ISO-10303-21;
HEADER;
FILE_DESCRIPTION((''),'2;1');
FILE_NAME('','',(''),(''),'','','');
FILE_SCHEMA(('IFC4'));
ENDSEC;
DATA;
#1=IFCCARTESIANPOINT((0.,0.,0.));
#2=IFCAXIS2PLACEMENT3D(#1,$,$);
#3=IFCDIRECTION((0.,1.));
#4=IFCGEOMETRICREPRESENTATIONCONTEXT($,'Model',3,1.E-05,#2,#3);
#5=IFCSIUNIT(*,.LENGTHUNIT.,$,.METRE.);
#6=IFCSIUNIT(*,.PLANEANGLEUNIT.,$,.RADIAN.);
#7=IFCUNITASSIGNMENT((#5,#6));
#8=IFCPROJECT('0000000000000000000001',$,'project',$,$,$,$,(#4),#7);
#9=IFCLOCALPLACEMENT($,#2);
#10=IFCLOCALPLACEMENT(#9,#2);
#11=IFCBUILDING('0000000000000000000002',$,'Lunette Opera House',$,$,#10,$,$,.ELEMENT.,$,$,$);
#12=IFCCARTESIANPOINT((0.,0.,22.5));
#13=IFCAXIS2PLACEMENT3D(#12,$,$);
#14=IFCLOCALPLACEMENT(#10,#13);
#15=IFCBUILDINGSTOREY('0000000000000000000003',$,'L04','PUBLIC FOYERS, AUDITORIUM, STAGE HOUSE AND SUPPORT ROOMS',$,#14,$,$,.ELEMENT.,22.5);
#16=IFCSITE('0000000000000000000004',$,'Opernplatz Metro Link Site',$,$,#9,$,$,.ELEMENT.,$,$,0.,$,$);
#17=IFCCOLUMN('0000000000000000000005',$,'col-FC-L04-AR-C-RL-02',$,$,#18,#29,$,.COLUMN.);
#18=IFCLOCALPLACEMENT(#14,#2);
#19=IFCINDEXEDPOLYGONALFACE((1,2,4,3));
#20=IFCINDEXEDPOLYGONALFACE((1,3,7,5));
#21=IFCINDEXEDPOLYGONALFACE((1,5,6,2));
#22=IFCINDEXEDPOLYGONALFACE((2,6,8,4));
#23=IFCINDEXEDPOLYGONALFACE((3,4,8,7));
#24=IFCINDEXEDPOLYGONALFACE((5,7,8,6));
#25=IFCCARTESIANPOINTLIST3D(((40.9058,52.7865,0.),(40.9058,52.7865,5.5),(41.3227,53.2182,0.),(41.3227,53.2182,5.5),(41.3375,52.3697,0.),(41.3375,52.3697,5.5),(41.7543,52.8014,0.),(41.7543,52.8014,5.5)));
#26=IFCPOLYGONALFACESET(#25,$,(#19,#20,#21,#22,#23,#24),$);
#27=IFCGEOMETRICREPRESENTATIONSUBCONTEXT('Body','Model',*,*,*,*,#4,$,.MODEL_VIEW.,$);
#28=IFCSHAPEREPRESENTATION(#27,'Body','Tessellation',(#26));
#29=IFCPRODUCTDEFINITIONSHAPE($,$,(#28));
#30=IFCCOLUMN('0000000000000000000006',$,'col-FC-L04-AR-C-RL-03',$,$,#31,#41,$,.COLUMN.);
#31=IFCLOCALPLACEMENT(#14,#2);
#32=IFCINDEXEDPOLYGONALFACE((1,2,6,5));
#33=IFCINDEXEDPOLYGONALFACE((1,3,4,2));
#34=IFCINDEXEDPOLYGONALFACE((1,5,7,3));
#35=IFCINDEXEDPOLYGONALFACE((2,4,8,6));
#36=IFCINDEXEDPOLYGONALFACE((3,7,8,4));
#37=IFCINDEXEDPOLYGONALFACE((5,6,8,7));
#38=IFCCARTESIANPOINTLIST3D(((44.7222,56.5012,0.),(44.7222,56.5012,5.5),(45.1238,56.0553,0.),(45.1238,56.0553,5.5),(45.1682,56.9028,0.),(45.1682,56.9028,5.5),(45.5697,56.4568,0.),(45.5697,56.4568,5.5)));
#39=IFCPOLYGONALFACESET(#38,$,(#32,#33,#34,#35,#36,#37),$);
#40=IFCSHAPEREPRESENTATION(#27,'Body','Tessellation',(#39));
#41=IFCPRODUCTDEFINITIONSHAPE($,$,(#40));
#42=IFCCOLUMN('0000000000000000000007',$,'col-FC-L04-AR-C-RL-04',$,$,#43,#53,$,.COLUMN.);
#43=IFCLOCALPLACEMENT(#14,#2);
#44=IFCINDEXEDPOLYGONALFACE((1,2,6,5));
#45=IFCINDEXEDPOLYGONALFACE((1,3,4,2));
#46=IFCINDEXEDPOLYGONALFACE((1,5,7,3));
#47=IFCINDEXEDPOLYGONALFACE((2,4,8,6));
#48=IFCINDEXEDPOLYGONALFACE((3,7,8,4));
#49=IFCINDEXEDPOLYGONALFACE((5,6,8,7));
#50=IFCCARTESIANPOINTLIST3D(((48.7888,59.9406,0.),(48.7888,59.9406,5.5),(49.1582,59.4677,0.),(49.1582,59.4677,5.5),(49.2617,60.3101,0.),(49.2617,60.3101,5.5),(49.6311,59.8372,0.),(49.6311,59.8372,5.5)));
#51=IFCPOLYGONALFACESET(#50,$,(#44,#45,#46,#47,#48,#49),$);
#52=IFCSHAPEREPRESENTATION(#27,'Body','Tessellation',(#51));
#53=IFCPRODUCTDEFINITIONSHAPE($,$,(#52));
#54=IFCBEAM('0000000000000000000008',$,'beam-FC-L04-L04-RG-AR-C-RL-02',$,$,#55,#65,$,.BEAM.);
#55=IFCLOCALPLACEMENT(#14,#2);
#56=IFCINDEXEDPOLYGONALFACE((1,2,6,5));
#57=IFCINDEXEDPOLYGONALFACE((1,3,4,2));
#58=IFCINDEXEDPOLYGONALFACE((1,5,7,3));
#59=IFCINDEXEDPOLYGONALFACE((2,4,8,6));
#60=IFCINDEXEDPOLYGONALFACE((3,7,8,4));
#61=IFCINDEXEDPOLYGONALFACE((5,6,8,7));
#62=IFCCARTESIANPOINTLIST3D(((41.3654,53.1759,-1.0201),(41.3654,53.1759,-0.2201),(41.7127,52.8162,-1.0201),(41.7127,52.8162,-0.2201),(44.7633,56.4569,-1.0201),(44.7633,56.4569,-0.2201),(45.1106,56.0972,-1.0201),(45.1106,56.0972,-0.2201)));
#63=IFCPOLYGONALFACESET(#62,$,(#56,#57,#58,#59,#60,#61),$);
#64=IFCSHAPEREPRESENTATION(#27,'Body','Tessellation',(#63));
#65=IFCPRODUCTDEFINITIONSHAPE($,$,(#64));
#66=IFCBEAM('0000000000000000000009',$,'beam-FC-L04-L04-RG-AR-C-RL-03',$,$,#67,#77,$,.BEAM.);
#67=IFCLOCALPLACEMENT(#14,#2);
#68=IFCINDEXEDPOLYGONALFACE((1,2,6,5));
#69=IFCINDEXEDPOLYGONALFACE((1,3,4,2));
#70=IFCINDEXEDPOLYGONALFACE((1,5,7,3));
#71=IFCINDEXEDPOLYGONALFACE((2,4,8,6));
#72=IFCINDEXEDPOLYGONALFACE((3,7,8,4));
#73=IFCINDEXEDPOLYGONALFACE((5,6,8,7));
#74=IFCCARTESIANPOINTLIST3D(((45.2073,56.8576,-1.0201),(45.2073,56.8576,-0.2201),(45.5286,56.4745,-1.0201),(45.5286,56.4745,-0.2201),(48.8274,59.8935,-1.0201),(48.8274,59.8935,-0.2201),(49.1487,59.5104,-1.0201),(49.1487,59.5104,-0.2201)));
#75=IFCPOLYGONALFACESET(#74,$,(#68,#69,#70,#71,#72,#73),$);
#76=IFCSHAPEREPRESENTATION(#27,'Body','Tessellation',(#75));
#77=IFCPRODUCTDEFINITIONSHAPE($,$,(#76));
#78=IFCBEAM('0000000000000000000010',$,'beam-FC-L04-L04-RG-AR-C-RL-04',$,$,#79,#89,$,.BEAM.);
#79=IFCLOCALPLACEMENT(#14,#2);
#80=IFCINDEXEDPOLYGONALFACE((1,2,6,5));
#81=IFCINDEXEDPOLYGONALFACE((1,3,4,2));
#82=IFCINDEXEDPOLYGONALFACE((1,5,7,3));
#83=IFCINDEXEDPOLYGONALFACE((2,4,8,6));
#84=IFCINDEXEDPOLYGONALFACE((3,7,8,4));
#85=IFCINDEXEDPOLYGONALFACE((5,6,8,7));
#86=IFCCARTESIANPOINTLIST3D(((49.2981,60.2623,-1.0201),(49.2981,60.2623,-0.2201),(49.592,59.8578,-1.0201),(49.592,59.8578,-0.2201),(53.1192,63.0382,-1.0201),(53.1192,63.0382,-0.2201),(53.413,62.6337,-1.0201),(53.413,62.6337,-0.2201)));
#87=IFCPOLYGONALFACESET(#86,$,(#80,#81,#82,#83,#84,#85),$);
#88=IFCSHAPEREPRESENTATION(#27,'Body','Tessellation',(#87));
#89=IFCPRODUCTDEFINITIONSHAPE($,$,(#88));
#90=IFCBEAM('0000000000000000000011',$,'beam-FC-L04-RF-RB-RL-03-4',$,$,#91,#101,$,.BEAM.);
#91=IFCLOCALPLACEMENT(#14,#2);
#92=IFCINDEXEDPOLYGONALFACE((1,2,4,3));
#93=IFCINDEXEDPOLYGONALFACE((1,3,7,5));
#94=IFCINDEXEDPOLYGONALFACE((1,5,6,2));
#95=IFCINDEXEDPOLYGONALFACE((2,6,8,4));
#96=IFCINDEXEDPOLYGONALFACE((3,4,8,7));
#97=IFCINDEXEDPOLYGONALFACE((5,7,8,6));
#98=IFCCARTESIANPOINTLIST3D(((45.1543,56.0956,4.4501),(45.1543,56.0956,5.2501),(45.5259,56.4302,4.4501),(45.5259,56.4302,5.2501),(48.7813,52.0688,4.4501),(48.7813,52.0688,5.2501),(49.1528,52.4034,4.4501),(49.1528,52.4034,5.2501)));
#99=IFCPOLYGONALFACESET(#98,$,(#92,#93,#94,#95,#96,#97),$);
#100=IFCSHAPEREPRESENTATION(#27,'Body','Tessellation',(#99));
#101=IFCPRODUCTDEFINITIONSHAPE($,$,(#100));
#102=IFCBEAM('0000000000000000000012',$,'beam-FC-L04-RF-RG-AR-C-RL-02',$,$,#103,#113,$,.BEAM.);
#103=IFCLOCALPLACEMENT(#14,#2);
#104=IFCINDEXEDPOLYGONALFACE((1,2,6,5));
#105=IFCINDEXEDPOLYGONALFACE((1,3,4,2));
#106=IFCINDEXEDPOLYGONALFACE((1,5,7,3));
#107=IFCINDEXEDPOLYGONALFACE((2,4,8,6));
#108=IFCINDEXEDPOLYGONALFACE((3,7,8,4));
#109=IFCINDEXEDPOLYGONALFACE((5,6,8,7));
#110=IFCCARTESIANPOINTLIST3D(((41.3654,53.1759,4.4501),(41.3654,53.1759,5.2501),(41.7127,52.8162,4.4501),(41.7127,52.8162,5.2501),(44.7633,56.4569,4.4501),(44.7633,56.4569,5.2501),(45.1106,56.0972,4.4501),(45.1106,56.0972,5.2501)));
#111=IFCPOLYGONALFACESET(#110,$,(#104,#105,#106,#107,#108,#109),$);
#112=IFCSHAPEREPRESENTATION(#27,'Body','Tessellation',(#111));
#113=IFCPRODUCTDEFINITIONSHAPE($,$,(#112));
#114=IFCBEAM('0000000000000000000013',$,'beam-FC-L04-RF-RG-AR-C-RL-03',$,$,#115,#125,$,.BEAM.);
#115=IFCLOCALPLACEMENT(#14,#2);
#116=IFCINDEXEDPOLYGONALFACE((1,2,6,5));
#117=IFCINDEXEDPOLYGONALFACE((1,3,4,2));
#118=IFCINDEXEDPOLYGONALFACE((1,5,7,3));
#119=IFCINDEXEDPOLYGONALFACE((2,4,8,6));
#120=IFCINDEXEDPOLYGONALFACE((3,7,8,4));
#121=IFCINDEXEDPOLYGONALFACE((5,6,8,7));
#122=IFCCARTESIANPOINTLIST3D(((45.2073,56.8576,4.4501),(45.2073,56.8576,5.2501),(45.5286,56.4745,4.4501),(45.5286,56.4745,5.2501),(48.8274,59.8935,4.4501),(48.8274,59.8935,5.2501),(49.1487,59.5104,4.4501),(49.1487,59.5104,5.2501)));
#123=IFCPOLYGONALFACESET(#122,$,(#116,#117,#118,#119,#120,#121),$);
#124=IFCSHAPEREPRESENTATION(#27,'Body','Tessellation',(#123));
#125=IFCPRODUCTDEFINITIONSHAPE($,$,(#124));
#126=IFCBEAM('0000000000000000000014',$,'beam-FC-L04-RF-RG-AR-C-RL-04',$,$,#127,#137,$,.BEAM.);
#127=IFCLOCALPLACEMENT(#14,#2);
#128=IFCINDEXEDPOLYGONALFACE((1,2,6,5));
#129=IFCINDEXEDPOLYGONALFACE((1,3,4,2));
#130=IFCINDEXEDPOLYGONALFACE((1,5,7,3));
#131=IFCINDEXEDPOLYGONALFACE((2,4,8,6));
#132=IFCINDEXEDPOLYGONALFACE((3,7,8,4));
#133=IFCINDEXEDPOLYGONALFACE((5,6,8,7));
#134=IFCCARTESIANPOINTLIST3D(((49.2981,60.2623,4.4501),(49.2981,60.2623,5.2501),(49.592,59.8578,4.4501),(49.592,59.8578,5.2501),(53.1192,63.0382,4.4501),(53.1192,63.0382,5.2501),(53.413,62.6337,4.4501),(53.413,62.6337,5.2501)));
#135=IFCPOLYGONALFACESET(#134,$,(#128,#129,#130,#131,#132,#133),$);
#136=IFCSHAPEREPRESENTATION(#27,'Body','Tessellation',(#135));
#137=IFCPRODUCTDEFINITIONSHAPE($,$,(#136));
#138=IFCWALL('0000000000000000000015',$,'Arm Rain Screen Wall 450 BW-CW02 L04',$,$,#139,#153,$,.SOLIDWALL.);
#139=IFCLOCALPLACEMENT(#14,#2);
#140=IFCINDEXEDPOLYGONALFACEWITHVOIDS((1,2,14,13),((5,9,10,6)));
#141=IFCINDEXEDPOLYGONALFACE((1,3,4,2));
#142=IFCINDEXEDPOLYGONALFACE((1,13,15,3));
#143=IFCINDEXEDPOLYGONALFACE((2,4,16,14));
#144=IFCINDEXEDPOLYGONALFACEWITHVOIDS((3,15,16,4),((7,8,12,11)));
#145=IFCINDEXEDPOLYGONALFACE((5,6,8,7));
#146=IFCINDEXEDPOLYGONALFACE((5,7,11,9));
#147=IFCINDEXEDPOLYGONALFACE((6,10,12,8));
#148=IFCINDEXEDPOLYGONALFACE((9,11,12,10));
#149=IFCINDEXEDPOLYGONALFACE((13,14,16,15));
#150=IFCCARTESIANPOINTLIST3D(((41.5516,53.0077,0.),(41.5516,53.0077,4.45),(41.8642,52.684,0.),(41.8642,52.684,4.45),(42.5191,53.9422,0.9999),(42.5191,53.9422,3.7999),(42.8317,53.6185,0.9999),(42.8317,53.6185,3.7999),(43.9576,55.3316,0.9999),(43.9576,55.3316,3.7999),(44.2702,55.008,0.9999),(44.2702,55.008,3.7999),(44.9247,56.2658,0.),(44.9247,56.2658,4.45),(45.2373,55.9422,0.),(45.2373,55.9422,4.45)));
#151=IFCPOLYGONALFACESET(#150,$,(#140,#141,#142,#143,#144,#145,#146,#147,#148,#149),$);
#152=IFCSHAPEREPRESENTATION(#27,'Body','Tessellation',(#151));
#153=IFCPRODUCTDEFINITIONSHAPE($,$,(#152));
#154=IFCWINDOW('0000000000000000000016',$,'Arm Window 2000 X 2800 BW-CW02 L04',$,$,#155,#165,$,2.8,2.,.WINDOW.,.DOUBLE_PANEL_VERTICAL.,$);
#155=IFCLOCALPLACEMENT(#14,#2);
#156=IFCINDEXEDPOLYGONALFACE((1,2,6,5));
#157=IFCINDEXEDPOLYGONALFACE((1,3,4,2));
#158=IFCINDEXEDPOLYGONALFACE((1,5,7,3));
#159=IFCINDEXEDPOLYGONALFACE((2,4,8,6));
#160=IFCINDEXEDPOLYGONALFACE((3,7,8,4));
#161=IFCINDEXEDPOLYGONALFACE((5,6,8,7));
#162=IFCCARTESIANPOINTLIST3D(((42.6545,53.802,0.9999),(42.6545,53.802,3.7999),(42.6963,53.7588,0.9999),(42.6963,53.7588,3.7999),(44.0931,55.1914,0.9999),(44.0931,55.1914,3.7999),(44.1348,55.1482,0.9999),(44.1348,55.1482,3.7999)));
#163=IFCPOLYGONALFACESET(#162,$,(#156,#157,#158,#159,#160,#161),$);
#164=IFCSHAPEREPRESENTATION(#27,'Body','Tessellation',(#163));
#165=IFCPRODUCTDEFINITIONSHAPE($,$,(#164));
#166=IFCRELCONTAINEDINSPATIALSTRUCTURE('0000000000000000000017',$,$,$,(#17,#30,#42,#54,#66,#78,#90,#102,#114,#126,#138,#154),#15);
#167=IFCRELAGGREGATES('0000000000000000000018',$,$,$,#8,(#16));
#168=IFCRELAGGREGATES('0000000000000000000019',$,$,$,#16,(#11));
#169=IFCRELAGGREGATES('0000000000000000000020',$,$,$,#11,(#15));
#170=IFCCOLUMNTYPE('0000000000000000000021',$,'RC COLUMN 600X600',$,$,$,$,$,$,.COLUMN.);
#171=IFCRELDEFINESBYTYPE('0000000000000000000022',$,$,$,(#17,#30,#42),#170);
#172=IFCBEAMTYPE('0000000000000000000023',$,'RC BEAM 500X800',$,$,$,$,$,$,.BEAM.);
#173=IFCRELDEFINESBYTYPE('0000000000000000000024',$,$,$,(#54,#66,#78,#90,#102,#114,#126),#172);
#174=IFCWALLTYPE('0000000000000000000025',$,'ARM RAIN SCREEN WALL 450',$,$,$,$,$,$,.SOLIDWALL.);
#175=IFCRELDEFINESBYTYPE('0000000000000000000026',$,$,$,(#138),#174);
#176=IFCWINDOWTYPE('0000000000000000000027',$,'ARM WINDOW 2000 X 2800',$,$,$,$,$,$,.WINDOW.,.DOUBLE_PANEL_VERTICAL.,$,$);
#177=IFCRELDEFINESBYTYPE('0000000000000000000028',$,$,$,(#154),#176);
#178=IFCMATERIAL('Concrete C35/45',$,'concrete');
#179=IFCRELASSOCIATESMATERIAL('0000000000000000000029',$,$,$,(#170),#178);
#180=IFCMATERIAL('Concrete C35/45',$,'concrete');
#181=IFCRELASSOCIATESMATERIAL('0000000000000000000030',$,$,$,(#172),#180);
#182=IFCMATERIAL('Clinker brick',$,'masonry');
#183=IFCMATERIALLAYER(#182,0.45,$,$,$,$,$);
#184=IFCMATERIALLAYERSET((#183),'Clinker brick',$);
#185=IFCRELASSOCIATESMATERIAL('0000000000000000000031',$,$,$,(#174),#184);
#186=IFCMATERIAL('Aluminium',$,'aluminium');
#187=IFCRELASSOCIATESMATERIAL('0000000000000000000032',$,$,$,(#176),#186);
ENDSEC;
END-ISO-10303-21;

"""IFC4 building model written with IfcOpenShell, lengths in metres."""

from ifc_helpers import new_model, si_unit, direction, frame, frame_2d, origin, origin_2d, place, context, subcontext, project, spatial, rectangle, extrude, material, layer, layer_set, material_profile, profile_set, type_object, element, fill, save


model = new_model("IFC4")

# Units and contexts
model_context = context("Model", 3, precision=1e-05, world=origin(), true_north=direction((0.0, 1.0)))
body_context = subcontext(model_context, "Body", "Model", "MODEL_VIEW")
ifc_project = project(units=[si_unit("LENGTHUNIT", "METRE"), si_unit("PLANEANGLEUNIT", "RADIAN")], contexts=[model_context])

# Site, building, storey
site_placement = place(None, origin())
site = spatial("IfcSite", under=ifc_project, at=site_placement, Name="Opernplatz Metro Link Site", CompositionType="ELEMENT", RefElevation=0.0)
building_placement = place(site_placement, origin())
building = spatial("IfcBuilding", under=site, at=building_placement, Name="Lunette Opera House", CompositionType="ELEMENT")
storey_placement = place(building_placement, frame((0.0, 0.0, 22.5)))
storey = spatial("IfcBuildingStorey", under=building, at=storey_placement, Name="L04", Description="PUBLIC FOYERS, AUDITORIUM, STAGE HOUSE AND SUPPORT ROOMS", CompositionType="ELEMENT", Elevation=22.5)

# Columns
ifc_material_1 = material(Name="Concrete C35/45", Category="concrete")
ifc_material_profile_1 = material_profile(ifc_material_1, rectangle(XDim=0.6001, YDim=0.6001, at=origin_2d()), Name="RC COLUMN 600X600")
ifc_profile_set_1 = profile_set([ifc_material_profile_1], Name="Concrete C35/45")
column_type = type_object("IfcColumnType", Name="RC COLUMN 600X600", PredefinedType="COLUMN", material=ifc_profile_set_1)
for number, where, z_axis, x_axis, name in (
    (1, (41.3301, 52.7939, 0.0), (0.0, 0.0, 1.0), (0.694658, 0.71934, 0.0), "col-FC-L04-AR-C-RL-02"),
    (2, (45.146, 56.479, 0.0), (0.0, 0.0, 1.0), (0.743145, 0.669131, 0.0), "col-FC-L04-AR-C-RL-03"),
    (3, (49.21, 59.8889, 0.0), (0.0, 0.0, 1.0), (0.788011, 0.615661, 0.0), "col-FC-L04-AR-C-RL-04"),
):
    element("IfcColumn", number, at=place(storey_placement, frame(where, z_axis=z_axis, x_axis=x_axis)), inside=storey, type_object=column_type, Name=name, PredefinedType="COLUMN", context=body_context, shape_type="SweptSolid", body=[
        extrude(rectangle(XDim=0.6001, YDim=0.6001, at=origin_2d()), origin(), (0.0, 0.0, 1.0), 5.5),
    ])

# Beams
ifc_material_2 = material(Name="Concrete C35/45", Category="concrete")
ifc_material_profile_2 = material_profile(ifc_material_2, rectangle(XDim=0.5, YDim=0.8, at=origin_2d()), Name="RC BEAM 500X800")
ifc_profile_set_2 = profile_set([ifc_material_profile_2], Name="Concrete C35/45")
beam_type = type_object("IfcBeamType", Name="RC BEAM 500X800", PredefinedType="BEAM", material=ifc_profile_set_2)
beam_1_placement = place(storey_placement, frame((41.5391, 52.9961, -0.6201), z_axis=(0.719377, 0.694619, 0.0), x_axis=(-0.694619, 0.719377, 0.0)))
element("IfcBeam", 4, at=beam_1_placement, inside=storey, type_object=beam_type, Name="beam-FC-L04-L04-RG-AR-C-RL-02", PredefinedType="BEAM", context=body_context, shape_type="SweptSolid", body=[
    extrude(rectangle(XDim=0.5, YDim=0.8, at=origin_2d()), origin(), (0.0, 0.0, 1.0), 4.7234),
])
beam_2_placement = place(storey_placement, frame((45.3679, 56.666, -0.6201), z_axis=(0.766227, 0.64257, 0.0), x_axis=(-0.64257, 0.766227, 0.0)))
element("IfcBeam", 5, at=beam_2_placement, inside=storey, type_object=beam_type, Name="beam-FC-L04-L04-RG-AR-C-RL-03", PredefinedType="BEAM", context=body_context, shape_type="SweptSolid", body=[
    extrude(rectangle(XDim=0.5, YDim=0.8, at=origin_2d()), origin(), (0.0, 0.0, 1.0), 4.7246),
])
beam_3_placement = place(storey_placement, frame((49.4451, 60.0601, -0.6201), z_axis=(0.809044, 0.587747, 0.0), x_axis=(-0.587747, 0.809044, 0.0)))
element("IfcBeam", 6, at=beam_3_placement, inside=storey, type_object=beam_type, Name="beam-FC-L04-L04-RG-AR-C-RL-04", PredefinedType="BEAM", context=body_context, shape_type="SweptSolid", body=[
    extrude(rectangle(XDim=0.5, YDim=0.8, at=origin_2d()), origin(), (0.0, 0.0, 1.0), 4.7229),
])
beam_4_placement = place(storey_placement, frame((48.967, 52.2361, 4.8501), z_axis=(-0.669248, 0.743039, 0.0), x_axis=(-0.743039, -0.669248, 0.0)))
element("IfcBeam", 7, at=beam_4_placement, inside=storey, type_object=beam_type, Name="beam-FC-L04-RF-RB-RL-03-4", PredefinedType="BEAM", context=body_context, shape_type="SweptSolid", body=[
    extrude(rectangle(XDim=0.5, YDim=0.8, at=origin_2d()), origin(), (0.0, 0.0, 1.0), 5.4194),
])
beam_5_placement = place(storey_placement, frame((41.5391, 52.9961, 4.8501), z_axis=(0.719377, 0.694619, 0.0), x_axis=(-0.694619, 0.719377, 0.0)))
element("IfcBeam", 8, at=beam_5_placement, inside=storey, type_object=beam_type, Name="beam-FC-L04-RF-RG-AR-C-RL-02", PredefinedType="BEAM", context=body_context, shape_type="SweptSolid", body=[
    extrude(rectangle(XDim=0.5, YDim=0.8, at=origin_2d()), origin(), (0.0, 0.0, 1.0), 4.7234),
])
beam_6_placement = place(storey_placement, frame((45.3679, 56.666, 4.8501), z_axis=(0.766227, 0.64257, 0.0), x_axis=(-0.64257, 0.766227, 0.0)))
element("IfcBeam", 9, at=beam_6_placement, inside=storey, type_object=beam_type, Name="beam-FC-L04-RF-RG-AR-C-RL-03", PredefinedType="BEAM", context=body_context, shape_type="SweptSolid", body=[
    extrude(rectangle(XDim=0.5, YDim=0.8, at=origin_2d()), origin(), (0.0, 0.0, 1.0), 4.7246),
])
beam_7_placement = place(storey_placement, frame((49.4451, 60.0601, 4.8501), z_axis=(0.809044, 0.587747, 0.0), x_axis=(-0.587747, 0.809044, 0.0)))
element("IfcBeam", 10, at=beam_7_placement, inside=storey, type_object=beam_type, Name="beam-FC-L04-RF-RG-AR-C-RL-04", PredefinedType="BEAM", context=body_context, shape_type="SweptSolid", body=[
    extrude(rectangle(XDim=0.5, YDim=0.8, at=origin_2d()), origin(), (0.0, 0.0, 1.0), 4.7229),
])

# Wall, opening, window
ifc_material_3 = material(Name="Clinker brick", Category="masonry")
ifc_layer_1 = layer(ifc_material_3, 0.45)
ifc_layer_set_1 = layer_set([ifc_layer_1], Name="Clinker brick")
wall_type_1 = type_object("IfcWallType", Name="ARM RAIN SCREEN WALL 450", PredefinedType="SOLIDWALL", material=ifc_layer_set_1)
wall_1_placement = place(storey_placement, frame((41.708, 52.8459, 0.0), z_axis=(0.0, 0.0, 1.0), x_axis=(0.719261, 0.69474, 0.0)))
wall_1 = element("IfcWall", 11, at=wall_1_placement, inside=storey, type_object=wall_type_1, Name="Arm Rain Screen Wall 450 BW-CW02 L04", PredefinedType="SOLIDWALL", context=body_context, shape_type="SweptSolid", body=[
    extrude(rectangle(XDim=4.6897, YDim=0.45, at=frame_2d((2.3447, 0.0))), origin(), (0.0, 0.0, 1.0), 4.45),
])
opening_1_placement = place(wall_1_placement, frame((1.345, 0.0, 1.0)))
opening_1 = element("IfcOpeningElement", 12, at=opening_1_placement, cuts=wall_1, PredefinedType="OPENING", context=body_context, shape_type="SweptSolid", body=[
    extrude(rectangle(XDim=2.0, YDim=2.8, at=frame_2d((1.0, 1.3999))), frame((0.0, 0.2371, 0.0), z_axis=(0.0, -1.0, 0.0), x_axis=(1.0, 0.0, 0.0)), (0.0, 0.0, 1.0), 0.4739),
])
ifc_material_4 = material(Name="Aluminium", Category="aluminium")
window_type = type_object("IfcWindowType", Name="ARM WINDOW 2000 X 2800", PartitioningType="DOUBLE_PANEL_VERTICAL", PredefinedType="WINDOW", material=ifc_material_4)
window_1_placement = place(opening_1_placement, origin())
window_1 = element("IfcWindow", 13, at=window_1_placement, inside=storey, type_object=window_type, Name="Arm Window 2000 X 2800 BW-CW02 L04", OverallHeight=2.8, OverallWidth=2.0, PartitioningType="DOUBLE_PANEL_VERTICAL", PredefinedType="WINDOW", context=body_context, shape_type="SweptSolid", body=[
    extrude(rectangle(XDim=2.0, YDim=2.8, at=frame_2d((1.0, 1.3999))), frame((0.0, 0.03, 0.0), z_axis=(0.0, -1.0, 0.0), x_axis=(1.0, 0.0, 0.0)), (0.0, 0.0, 1.0), 0.0601),
])
fill(opening_1, window_1)

save(model, "model.ifc")
